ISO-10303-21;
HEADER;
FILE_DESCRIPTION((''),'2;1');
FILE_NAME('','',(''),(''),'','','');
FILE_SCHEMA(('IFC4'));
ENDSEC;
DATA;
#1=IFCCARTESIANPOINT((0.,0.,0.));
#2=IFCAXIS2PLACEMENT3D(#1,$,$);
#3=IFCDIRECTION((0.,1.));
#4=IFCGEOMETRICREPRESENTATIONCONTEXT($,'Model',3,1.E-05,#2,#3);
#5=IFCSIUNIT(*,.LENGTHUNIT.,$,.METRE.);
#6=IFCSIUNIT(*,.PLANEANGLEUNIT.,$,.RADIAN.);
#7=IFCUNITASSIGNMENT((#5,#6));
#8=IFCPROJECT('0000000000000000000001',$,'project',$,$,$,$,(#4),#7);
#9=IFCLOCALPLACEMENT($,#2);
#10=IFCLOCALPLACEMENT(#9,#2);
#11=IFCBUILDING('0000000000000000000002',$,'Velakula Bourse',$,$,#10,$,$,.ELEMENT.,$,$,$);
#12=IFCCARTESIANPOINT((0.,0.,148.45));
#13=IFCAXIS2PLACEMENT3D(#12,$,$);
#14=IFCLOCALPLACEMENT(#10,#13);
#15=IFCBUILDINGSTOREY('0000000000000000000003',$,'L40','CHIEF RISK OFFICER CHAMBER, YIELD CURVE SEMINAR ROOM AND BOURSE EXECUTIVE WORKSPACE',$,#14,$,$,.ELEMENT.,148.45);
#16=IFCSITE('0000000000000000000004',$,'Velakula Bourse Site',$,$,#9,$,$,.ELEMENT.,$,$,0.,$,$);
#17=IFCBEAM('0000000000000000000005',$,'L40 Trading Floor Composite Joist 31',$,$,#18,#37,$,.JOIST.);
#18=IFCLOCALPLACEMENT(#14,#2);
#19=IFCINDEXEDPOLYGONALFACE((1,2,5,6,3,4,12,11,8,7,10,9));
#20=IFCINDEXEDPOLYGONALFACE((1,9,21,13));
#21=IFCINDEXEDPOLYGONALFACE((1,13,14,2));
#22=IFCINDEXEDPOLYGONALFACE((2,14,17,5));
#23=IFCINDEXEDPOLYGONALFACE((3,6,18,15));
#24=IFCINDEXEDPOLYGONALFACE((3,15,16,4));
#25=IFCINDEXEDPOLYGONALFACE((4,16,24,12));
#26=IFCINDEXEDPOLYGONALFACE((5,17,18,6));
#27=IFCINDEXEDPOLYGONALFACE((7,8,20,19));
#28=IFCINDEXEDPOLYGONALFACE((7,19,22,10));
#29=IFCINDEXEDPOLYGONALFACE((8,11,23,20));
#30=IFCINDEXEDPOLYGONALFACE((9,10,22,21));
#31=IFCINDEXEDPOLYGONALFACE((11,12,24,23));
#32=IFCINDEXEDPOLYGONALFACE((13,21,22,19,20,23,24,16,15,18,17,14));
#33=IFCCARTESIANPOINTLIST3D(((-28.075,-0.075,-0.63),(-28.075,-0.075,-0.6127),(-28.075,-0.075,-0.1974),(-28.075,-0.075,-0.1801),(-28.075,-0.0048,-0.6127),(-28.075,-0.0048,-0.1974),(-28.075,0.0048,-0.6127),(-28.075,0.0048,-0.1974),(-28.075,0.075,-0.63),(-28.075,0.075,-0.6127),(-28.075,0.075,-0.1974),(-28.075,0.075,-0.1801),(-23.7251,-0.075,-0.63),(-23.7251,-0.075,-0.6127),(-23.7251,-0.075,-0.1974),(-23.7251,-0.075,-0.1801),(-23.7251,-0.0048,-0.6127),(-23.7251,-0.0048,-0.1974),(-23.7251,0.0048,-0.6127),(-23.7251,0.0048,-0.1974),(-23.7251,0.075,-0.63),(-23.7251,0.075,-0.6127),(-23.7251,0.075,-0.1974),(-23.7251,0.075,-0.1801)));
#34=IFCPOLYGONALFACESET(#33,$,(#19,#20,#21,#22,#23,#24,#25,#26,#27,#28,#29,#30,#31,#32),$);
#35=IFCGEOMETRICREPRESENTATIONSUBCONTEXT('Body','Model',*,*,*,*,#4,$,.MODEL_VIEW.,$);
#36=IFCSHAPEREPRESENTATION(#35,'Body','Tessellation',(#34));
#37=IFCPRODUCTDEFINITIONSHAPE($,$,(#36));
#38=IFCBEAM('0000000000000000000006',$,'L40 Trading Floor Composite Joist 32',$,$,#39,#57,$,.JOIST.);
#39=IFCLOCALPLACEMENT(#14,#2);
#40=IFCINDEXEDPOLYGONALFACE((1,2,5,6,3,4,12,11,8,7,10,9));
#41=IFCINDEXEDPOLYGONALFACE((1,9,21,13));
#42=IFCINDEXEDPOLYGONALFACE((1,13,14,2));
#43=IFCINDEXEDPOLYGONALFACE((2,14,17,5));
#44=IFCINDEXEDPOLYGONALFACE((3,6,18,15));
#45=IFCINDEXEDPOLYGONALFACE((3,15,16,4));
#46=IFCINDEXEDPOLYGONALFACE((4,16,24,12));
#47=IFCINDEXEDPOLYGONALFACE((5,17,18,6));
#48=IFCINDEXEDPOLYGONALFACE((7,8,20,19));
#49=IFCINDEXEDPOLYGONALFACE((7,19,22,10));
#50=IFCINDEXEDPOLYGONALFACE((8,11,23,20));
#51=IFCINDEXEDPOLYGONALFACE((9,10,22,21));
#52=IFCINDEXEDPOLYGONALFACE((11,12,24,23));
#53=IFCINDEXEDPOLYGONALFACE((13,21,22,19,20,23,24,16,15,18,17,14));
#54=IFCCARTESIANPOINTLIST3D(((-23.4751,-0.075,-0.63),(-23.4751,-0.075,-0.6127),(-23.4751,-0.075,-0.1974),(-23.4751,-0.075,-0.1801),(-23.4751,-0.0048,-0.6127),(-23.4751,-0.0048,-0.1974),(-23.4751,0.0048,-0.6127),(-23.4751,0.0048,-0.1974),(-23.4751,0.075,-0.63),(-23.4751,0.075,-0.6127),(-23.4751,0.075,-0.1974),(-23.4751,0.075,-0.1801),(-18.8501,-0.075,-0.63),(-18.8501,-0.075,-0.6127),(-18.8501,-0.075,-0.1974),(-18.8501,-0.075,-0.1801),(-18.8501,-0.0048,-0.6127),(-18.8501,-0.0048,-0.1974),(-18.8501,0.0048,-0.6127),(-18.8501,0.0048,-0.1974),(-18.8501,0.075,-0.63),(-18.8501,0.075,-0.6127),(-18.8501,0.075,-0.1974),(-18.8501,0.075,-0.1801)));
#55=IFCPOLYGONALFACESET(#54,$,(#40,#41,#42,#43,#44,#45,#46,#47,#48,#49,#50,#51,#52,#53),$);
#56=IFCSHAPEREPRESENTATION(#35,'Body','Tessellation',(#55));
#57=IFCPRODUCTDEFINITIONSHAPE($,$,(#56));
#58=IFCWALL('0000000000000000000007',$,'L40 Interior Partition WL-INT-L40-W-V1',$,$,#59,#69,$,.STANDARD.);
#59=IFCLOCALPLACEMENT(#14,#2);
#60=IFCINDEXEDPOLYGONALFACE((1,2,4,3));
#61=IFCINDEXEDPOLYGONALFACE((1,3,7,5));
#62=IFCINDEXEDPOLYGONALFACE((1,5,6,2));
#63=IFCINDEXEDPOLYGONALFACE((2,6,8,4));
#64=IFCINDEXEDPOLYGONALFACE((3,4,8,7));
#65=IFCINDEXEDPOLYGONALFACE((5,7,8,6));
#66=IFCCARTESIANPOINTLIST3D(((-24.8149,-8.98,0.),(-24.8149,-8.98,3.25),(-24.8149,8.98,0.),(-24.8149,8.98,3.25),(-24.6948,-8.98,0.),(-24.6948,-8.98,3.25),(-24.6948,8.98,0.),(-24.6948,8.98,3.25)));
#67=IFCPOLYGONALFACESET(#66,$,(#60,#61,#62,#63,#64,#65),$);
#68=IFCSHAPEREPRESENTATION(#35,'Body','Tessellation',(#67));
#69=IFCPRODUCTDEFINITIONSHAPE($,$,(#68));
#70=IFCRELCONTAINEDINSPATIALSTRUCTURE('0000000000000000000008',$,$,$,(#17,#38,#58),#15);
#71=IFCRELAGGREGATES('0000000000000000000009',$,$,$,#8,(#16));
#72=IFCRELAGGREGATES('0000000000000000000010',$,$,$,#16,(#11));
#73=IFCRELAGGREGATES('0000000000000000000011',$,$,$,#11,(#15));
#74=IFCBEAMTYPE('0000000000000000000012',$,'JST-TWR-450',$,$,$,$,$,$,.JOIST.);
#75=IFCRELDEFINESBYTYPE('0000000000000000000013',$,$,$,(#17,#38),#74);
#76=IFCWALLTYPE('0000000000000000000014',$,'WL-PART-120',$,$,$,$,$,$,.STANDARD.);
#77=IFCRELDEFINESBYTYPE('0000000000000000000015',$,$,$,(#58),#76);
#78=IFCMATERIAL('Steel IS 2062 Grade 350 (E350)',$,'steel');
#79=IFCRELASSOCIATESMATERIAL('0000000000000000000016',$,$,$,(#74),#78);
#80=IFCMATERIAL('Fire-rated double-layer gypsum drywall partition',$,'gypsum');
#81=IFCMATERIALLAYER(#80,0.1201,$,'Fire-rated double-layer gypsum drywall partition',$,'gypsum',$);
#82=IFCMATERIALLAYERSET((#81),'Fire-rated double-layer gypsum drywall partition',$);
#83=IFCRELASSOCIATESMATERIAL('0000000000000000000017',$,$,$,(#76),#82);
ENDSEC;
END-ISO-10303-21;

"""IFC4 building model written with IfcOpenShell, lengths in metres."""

from ifc_helpers import new_model, si_unit, direction, frame, frame_2d, origin, origin_2d, place, context, subcontext, project, spatial, rectangle, i_section, extrude, material, layer, layer_set, material_profile, profile_set, type_object, element, save


model = new_model("IFC4")

# Units and contexts
model_context = context("Model", 3, precision=1e-05, world=origin(), true_north=direction((0.0, 1.0)))
body_context = subcontext(model_context, "Body", "Model", "MODEL_VIEW")
ifc_project = project(units=[si_unit("LENGTHUNIT", "METRE"), si_unit("PLANEANGLEUNIT", "RADIAN")], contexts=[model_context])

# Site, building, storey
site_placement = place(None, origin())
site = spatial("IfcSite", under=ifc_project, at=site_placement, Name="Velakula Bourse Site", CompositionType="ELEMENT", RefElevation=0.0)
building_placement = place(site_placement, origin())
building = spatial("IfcBuilding", under=site, at=building_placement, Name="Velakula Bourse", CompositionType="ELEMENT")
storey_placement = place(building_placement, frame((0.0, 0.0, 148.45)))
storey = spatial("IfcBuildingStorey", under=building, at=storey_placement, Name="L40", Description="CHIEF RISK OFFICER CHAMBER, YIELD CURVE SEMINAR ROOM AND BOURSE EXECUTIVE WORKSPACE", CompositionType="ELEMENT", Elevation=148.45)

# Shared definitions
ifc_material_1 = material(Name="Steel IS 2062 Grade 350 (E350)", Category="steel")

# Beams
ifc_material_profile_1 = material_profile(ifc_material_1, i_section(OverallWidth=0.1499, OverallDepth=0.45, WebThickness=0.0095, FlangeThickness=0.0173, at=origin_2d()), Name="Steel IS 2062 Grade 350 (E350)")
ifc_profile_set_1 = profile_set([ifc_material_profile_1], Name="Steel IS 2062 Grade 350 (E350)")
beam_type_1 = type_object("IfcBeamType", Name="JST-TWR-450", PredefinedType="JOIST", material=ifc_profile_set_1)
beam_1_placement = place(storey_placement, frame((-28.075, 0.0, -0.405), z_axis=(1.0, 0.0, 0.0), x_axis=(0.0, 1.0, 0.0)))
element("IfcBeam", 1, at=beam_1_placement, inside=storey, type_object=beam_type_1, Name="L40 Trading Floor Composite Joist 31", PredefinedType="JOIST", context=body_context, shape_type="SweptSolid", body=[
    extrude(i_section(OverallWidth=0.1499, OverallDepth=0.45, WebThickness=0.0095, FlangeThickness=0.0173, at=origin_2d()), origin(), (0.0, 0.0, 1.0), 4.3499),
])
beam_2_placement = place(storey_placement, frame((-23.4751, 0.0, -0.405), z_axis=(1.0, 0.0, 0.0), x_axis=(0.0, 1.0, 0.0)))
element("IfcBeam", 2, at=beam_2_placement, inside=storey, type_object=beam_type_1, Name="L40 Trading Floor Composite Joist 32", PredefinedType="JOIST", context=body_context, shape_type="SweptSolid", body=[
    extrude(i_section(OverallWidth=0.1499, OverallDepth=0.45, WebThickness=0.0095, FlangeThickness=0.0173, at=origin_2d()), origin(), (0.0, 0.0, 1.0), 4.625),
])

# Wall
ifc_material_2 = material(Name="Fire-rated double-layer gypsum drywall partition", Category="gypsum")
ifc_layer = layer(ifc_material_2, 0.1201, Name="Fire-rated double-layer gypsum drywall partition", Category="gypsum")
ifc_layer_set = layer_set([ifc_layer], Name="Fire-rated double-layer gypsum drywall partition")
wall_type = type_object("IfcWallType", Name="WL-PART-120", PredefinedType="STANDARD", material=ifc_layer_set)
wall_placement = place(storey_placement, frame((-24.7549, -8.98, 0.0), z_axis=(0.0, 0.0, 1.0), x_axis=(0.0, 1.0, 0.0)))
element("IfcWall", 3, at=wall_placement, inside=storey, type_object=wall_type, Name="L40 Interior Partition WL-INT-L40-W-V1", PredefinedType="STANDARD", context=body_context, shape_type="SweptSolid", body=[
    extrude(rectangle(XDim=17.96, YDim=0.1201, at=frame_2d((8.98, 0.0))), origin(), (0.0, 0.0, 1.0), 3.25),
])

save(model, "model.ifc")
